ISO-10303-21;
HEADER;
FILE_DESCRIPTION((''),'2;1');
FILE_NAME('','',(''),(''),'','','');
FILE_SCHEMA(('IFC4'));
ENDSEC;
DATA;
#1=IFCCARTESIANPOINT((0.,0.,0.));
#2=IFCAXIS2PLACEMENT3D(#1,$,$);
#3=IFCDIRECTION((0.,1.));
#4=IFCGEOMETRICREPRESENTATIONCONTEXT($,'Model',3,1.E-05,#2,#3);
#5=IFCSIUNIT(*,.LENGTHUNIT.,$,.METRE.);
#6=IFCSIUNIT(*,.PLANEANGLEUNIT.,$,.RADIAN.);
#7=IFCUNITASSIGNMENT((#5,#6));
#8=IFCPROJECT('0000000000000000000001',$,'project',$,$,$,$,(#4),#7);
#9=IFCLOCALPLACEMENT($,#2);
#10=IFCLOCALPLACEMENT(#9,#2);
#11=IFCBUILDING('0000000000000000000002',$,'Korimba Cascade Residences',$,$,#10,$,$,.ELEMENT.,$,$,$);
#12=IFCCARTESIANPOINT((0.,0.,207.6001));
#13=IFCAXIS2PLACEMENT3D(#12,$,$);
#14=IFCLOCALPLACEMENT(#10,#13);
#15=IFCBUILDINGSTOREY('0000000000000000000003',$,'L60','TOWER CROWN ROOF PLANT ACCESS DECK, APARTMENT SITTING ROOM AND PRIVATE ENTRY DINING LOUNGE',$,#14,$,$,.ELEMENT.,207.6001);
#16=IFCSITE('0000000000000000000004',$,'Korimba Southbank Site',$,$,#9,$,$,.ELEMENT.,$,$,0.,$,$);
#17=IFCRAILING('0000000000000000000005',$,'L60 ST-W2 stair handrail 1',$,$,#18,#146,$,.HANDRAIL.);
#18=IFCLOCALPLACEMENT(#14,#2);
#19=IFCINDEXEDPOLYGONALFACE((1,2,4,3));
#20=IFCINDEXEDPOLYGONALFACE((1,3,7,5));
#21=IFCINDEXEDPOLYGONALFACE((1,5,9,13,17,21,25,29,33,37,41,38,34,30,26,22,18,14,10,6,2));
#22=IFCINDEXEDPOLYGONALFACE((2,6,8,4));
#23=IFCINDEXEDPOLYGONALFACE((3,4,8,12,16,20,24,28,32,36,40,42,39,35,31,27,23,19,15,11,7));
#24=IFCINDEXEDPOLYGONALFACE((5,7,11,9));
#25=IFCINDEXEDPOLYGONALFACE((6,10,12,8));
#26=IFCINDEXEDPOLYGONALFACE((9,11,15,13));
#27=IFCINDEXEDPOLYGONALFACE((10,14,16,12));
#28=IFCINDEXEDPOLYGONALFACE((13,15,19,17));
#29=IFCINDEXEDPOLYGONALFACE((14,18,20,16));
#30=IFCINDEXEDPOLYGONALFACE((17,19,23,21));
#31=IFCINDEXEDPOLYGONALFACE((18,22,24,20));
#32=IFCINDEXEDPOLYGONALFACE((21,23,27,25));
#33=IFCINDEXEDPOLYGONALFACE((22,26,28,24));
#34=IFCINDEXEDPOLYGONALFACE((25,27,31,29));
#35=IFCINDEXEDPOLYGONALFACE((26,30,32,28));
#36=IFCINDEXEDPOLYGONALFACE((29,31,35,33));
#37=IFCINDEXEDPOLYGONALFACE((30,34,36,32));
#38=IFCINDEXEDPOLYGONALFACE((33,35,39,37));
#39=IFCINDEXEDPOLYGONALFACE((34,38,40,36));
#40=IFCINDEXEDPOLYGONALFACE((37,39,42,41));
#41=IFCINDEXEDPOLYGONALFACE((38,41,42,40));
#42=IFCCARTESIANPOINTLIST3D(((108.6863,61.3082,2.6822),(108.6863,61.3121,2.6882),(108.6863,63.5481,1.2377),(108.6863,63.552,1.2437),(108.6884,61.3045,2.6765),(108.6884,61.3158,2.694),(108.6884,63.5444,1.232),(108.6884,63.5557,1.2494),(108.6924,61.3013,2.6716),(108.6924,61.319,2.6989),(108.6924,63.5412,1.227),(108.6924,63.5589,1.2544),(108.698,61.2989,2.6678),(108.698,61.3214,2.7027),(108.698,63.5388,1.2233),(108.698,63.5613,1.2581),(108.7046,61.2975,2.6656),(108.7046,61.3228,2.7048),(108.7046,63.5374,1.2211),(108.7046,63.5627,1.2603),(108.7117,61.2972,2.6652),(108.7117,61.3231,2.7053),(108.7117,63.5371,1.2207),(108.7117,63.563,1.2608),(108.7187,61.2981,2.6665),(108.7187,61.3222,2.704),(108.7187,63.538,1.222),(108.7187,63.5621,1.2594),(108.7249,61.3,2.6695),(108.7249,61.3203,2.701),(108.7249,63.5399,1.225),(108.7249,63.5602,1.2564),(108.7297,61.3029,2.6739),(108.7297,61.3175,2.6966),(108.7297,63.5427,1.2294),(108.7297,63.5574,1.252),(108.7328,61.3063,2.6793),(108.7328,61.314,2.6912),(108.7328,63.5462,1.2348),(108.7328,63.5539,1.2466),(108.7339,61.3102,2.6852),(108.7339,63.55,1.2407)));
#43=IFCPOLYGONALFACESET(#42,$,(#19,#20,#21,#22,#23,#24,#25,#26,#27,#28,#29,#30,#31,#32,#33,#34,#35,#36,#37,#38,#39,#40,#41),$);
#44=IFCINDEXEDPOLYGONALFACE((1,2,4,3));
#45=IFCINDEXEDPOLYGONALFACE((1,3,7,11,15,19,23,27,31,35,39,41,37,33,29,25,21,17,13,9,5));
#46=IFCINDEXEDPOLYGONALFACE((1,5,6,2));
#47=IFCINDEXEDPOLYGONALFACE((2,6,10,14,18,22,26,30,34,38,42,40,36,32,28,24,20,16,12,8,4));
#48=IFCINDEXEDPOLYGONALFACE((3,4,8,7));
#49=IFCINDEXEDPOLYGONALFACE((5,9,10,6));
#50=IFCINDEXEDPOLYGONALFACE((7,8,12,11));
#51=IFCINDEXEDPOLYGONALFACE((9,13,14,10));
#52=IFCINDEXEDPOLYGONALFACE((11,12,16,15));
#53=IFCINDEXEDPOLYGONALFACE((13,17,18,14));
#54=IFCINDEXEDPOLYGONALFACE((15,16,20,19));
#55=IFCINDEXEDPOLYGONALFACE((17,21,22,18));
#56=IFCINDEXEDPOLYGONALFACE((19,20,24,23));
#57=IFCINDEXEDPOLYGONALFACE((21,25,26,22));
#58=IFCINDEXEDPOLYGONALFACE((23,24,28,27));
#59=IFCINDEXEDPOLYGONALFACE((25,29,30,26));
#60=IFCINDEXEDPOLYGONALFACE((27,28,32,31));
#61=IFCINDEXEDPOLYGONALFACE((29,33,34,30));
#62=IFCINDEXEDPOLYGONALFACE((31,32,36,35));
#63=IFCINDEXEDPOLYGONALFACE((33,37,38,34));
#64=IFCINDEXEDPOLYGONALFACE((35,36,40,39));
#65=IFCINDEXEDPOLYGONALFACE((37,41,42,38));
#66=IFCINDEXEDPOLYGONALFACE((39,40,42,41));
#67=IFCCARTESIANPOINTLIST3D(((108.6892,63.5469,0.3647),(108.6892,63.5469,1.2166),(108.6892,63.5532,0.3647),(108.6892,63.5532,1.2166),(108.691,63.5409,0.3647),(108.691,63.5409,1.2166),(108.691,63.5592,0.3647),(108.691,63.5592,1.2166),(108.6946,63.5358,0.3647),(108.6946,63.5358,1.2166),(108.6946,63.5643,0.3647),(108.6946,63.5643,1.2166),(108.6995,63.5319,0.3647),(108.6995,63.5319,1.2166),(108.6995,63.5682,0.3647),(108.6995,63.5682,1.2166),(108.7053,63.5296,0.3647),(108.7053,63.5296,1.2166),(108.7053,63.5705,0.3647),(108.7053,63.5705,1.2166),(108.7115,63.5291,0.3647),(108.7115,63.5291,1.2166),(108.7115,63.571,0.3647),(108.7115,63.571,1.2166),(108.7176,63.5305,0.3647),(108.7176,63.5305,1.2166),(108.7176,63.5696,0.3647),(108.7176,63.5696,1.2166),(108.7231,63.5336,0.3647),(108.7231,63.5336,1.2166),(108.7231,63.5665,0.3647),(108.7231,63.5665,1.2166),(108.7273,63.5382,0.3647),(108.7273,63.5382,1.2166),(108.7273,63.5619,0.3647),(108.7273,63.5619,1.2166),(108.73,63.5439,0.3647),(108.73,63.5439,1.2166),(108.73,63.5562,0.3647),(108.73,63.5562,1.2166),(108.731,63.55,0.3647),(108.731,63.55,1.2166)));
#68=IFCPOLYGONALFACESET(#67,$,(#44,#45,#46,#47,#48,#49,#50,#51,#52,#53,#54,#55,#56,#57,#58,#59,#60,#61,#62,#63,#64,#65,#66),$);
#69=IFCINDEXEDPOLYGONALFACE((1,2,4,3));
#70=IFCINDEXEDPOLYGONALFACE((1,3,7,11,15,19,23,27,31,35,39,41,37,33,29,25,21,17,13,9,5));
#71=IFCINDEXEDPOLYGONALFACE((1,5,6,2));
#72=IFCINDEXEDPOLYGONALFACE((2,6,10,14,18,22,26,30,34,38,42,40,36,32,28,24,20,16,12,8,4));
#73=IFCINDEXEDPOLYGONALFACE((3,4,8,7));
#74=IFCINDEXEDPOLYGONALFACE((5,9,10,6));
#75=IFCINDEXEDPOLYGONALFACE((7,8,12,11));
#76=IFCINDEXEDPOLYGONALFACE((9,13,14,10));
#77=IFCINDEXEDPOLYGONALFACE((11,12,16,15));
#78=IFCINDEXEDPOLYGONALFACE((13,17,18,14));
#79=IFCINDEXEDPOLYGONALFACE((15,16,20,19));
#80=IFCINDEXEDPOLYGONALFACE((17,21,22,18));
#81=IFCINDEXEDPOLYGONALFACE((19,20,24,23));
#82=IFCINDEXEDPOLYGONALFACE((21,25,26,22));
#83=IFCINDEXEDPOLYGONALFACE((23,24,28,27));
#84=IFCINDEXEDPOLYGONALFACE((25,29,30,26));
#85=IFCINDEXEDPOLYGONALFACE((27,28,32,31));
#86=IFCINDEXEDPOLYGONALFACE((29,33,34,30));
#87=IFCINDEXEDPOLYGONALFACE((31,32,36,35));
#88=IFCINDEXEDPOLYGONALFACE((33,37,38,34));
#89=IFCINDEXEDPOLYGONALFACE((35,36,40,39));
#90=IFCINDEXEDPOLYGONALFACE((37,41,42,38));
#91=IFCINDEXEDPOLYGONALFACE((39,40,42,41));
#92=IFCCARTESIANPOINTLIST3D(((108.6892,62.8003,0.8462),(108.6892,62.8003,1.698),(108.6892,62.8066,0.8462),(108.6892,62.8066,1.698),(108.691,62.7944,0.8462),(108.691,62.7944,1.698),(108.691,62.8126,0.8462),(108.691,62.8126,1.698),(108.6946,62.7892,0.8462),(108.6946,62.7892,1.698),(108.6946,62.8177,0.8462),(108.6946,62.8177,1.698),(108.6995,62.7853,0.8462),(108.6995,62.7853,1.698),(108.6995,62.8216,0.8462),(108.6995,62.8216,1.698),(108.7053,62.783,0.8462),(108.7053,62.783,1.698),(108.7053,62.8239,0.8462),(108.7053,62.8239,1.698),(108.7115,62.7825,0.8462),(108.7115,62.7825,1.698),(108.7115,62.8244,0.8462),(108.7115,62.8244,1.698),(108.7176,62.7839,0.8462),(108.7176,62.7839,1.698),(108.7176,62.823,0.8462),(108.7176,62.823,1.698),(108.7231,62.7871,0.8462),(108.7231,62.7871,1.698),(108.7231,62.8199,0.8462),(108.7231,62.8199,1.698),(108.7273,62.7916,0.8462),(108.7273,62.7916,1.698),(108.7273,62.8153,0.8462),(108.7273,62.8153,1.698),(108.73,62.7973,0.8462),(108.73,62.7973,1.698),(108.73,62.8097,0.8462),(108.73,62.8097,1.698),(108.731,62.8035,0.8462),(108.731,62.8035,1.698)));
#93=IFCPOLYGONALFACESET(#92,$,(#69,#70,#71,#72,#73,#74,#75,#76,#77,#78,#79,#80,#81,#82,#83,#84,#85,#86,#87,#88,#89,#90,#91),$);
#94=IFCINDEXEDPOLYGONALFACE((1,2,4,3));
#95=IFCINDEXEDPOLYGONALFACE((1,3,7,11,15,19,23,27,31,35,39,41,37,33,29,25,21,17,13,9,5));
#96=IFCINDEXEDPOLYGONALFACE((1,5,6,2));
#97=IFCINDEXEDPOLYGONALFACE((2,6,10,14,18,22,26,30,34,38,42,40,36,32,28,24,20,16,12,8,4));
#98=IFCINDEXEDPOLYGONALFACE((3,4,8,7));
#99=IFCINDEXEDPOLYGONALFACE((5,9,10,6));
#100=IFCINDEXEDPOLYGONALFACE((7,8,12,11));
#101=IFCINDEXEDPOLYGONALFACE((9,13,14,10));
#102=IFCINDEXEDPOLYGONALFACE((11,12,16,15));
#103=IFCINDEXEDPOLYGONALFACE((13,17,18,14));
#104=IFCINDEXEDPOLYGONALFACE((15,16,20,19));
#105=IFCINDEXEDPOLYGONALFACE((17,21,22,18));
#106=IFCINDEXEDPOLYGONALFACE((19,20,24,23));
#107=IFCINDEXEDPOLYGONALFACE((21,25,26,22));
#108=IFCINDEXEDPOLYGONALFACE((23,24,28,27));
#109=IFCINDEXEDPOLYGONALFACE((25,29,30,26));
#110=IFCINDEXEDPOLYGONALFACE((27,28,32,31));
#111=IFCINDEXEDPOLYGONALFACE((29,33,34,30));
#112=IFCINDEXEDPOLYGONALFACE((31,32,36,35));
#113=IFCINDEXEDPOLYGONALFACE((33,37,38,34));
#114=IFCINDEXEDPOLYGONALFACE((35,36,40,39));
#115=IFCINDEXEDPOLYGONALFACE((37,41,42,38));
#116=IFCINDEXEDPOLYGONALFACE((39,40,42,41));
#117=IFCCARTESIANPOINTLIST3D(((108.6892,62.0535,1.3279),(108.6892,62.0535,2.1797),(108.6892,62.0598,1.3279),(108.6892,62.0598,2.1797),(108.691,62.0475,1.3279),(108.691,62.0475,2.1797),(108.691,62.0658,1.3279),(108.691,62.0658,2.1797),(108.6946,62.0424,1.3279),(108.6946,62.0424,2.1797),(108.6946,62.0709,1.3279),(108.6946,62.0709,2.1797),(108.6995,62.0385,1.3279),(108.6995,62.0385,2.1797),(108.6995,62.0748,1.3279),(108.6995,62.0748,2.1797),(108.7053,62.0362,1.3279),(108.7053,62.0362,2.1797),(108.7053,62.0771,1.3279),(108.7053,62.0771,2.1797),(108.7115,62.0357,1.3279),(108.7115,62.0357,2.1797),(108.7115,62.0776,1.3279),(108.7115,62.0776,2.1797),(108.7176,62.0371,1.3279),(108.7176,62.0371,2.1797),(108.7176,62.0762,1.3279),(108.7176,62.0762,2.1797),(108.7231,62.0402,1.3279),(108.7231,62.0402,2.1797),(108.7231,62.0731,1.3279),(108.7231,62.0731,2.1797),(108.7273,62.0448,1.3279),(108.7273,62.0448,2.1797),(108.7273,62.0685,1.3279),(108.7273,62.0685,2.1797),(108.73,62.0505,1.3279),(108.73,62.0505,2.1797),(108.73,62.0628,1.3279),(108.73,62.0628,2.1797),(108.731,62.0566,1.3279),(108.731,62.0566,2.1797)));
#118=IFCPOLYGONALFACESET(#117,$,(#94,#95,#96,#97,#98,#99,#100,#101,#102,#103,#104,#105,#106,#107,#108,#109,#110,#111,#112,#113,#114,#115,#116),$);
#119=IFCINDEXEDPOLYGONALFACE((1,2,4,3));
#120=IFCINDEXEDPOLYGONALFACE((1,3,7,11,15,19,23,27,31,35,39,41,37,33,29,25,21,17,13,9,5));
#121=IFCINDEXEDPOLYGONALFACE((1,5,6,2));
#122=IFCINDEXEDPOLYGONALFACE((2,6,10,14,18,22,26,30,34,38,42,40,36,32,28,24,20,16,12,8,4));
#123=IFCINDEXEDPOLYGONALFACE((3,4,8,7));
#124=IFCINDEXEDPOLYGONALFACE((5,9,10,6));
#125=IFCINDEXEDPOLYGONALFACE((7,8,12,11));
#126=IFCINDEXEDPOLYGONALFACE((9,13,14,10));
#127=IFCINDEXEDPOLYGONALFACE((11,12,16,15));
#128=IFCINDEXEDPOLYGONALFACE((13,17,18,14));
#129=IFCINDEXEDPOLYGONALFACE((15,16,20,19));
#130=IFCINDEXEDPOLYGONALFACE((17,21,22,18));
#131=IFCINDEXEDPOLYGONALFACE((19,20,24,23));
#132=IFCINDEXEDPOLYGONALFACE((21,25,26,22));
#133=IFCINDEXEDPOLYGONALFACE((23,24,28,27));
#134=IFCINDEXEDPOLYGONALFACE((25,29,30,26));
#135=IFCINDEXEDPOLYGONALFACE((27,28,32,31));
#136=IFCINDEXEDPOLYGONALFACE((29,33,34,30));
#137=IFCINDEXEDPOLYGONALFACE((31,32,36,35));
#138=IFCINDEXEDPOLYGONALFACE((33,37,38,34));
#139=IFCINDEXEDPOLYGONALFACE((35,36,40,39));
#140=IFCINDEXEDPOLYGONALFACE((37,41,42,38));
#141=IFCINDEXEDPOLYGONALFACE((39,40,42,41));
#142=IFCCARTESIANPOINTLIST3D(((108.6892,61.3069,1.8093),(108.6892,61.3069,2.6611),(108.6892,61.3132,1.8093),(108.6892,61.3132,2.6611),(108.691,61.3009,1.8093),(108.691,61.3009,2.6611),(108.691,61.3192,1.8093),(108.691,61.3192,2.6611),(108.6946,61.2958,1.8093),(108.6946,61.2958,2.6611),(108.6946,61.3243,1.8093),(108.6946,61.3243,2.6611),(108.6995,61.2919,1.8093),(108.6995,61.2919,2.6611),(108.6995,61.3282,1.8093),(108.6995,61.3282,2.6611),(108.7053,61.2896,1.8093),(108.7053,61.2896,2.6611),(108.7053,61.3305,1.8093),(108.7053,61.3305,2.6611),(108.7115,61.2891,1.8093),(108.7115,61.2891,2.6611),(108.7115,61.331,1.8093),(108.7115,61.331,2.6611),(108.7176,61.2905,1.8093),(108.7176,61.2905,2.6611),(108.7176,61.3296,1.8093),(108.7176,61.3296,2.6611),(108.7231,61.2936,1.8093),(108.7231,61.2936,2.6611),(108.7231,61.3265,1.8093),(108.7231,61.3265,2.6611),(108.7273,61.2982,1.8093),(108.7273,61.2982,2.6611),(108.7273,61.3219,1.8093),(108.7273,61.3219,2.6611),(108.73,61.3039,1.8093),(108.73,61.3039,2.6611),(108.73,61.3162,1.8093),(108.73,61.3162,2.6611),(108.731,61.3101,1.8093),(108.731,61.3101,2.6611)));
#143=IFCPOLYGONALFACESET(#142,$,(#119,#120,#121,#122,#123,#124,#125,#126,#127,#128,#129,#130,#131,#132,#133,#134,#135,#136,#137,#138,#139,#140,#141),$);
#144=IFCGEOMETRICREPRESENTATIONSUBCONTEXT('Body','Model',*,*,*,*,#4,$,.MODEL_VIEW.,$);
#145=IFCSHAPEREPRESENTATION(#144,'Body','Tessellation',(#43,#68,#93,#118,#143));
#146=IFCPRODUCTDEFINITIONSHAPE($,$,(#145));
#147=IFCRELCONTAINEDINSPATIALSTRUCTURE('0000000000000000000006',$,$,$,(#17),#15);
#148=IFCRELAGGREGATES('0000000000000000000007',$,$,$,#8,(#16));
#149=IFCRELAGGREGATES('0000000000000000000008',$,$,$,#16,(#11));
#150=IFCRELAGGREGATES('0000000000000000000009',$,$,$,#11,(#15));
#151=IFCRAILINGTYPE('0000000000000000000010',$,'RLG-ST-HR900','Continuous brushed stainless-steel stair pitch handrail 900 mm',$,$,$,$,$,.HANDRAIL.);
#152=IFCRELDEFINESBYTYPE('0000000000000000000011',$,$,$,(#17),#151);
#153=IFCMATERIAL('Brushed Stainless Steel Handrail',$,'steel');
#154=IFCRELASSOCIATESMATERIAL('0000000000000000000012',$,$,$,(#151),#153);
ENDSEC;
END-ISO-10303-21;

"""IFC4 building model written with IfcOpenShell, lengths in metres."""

from ifc_helpers import new_model, si_unit, direction, frame, origin, origin_2d, place, context, subcontext, project, spatial, circle, extrude, material, type_object, element, save


model = new_model("IFC4")

# Units and contexts
model_context = context("Model", 3, precision=1e-05, world=origin(), true_north=direction((0.0, 1.0)))
body_context = subcontext(model_context, "Body", "Model", "MODEL_VIEW")
ifc_project = project(units=[si_unit("LENGTHUNIT", "METRE"), si_unit("PLANEANGLEUNIT", "RADIAN")], contexts=[model_context])

# Site, building, storey
site_placement = place(None, origin())
site = spatial("IfcSite", under=ifc_project, at=site_placement, Name="Korimba Southbank Site", CompositionType="ELEMENT", RefElevation=0.0)
building_placement = place(site_placement, origin())
building = spatial("IfcBuilding", under=site, at=building_placement, Name="Korimba Cascade Residences", CompositionType="ELEMENT")
storey_placement = place(building_placement, frame((0.0, 0.0, 207.6001)))
storey = spatial("IfcBuildingStorey", under=building, at=storey_placement, Name="L60", Description="TOWER CROWN ROOF PLANT ACCESS DECK, APARTMENT SITTING ROOM AND PRIVATE ENTRY DINING LOUNGE", CompositionType="ELEMENT", Elevation=207.6001)

# Railing
ifc_material_1 = material(Name="Brushed Stainless Steel Handrail", Category="steel")
railing_type_1 = type_object("IfcRailingType", Name="RLG-ST-HR900", Description="Continuous brushed stainless-steel stair pitch handrail 900 mm", PredefinedType="HANDRAIL", material=ifc_material_1)
railing_1_placement = place(storey_placement, frame((108.71, 63.55, 0.3647)))
element("IfcRailing", 1, at=railing_1_placement, inside=storey, type_object=railing_type_1, Name="L60 ST-W2 stair handrail 1", PredefinedType="HANDRAIL", context=body_context, shape_type="SweptSolid", body=[
    extrude(circle(Radius=0.0239, at=origin_2d()), frame((0.0, 0.0, 0.876), z_axis=(0.0, -0.840395, 0.541975), x_axis=(1.0, 0.0, 0.0)), (0.0, 0.0, 1.0), 2.6653),
    extrude(circle(Radius=0.021, at=origin_2d()), origin(), (0.0, 0.0, 1.0), 0.8518),
    extrude(circle(Radius=0.021, at=origin_2d()), frame((0.0, -0.7466, 0.4814)), (0.0, 0.0, 1.0), 0.8518),
    extrude(circle(Radius=0.021, at=origin_2d()), frame((0.0, -1.4934, 0.9631)), (0.0, 0.0, 1.0), 0.8518),
    extrude(circle(Radius=0.021, at=origin_2d()), frame((0.0, -2.24, 1.4446)), (0.0, 0.0, 1.0), 0.8518),
])

save(model, "model.ifc")
